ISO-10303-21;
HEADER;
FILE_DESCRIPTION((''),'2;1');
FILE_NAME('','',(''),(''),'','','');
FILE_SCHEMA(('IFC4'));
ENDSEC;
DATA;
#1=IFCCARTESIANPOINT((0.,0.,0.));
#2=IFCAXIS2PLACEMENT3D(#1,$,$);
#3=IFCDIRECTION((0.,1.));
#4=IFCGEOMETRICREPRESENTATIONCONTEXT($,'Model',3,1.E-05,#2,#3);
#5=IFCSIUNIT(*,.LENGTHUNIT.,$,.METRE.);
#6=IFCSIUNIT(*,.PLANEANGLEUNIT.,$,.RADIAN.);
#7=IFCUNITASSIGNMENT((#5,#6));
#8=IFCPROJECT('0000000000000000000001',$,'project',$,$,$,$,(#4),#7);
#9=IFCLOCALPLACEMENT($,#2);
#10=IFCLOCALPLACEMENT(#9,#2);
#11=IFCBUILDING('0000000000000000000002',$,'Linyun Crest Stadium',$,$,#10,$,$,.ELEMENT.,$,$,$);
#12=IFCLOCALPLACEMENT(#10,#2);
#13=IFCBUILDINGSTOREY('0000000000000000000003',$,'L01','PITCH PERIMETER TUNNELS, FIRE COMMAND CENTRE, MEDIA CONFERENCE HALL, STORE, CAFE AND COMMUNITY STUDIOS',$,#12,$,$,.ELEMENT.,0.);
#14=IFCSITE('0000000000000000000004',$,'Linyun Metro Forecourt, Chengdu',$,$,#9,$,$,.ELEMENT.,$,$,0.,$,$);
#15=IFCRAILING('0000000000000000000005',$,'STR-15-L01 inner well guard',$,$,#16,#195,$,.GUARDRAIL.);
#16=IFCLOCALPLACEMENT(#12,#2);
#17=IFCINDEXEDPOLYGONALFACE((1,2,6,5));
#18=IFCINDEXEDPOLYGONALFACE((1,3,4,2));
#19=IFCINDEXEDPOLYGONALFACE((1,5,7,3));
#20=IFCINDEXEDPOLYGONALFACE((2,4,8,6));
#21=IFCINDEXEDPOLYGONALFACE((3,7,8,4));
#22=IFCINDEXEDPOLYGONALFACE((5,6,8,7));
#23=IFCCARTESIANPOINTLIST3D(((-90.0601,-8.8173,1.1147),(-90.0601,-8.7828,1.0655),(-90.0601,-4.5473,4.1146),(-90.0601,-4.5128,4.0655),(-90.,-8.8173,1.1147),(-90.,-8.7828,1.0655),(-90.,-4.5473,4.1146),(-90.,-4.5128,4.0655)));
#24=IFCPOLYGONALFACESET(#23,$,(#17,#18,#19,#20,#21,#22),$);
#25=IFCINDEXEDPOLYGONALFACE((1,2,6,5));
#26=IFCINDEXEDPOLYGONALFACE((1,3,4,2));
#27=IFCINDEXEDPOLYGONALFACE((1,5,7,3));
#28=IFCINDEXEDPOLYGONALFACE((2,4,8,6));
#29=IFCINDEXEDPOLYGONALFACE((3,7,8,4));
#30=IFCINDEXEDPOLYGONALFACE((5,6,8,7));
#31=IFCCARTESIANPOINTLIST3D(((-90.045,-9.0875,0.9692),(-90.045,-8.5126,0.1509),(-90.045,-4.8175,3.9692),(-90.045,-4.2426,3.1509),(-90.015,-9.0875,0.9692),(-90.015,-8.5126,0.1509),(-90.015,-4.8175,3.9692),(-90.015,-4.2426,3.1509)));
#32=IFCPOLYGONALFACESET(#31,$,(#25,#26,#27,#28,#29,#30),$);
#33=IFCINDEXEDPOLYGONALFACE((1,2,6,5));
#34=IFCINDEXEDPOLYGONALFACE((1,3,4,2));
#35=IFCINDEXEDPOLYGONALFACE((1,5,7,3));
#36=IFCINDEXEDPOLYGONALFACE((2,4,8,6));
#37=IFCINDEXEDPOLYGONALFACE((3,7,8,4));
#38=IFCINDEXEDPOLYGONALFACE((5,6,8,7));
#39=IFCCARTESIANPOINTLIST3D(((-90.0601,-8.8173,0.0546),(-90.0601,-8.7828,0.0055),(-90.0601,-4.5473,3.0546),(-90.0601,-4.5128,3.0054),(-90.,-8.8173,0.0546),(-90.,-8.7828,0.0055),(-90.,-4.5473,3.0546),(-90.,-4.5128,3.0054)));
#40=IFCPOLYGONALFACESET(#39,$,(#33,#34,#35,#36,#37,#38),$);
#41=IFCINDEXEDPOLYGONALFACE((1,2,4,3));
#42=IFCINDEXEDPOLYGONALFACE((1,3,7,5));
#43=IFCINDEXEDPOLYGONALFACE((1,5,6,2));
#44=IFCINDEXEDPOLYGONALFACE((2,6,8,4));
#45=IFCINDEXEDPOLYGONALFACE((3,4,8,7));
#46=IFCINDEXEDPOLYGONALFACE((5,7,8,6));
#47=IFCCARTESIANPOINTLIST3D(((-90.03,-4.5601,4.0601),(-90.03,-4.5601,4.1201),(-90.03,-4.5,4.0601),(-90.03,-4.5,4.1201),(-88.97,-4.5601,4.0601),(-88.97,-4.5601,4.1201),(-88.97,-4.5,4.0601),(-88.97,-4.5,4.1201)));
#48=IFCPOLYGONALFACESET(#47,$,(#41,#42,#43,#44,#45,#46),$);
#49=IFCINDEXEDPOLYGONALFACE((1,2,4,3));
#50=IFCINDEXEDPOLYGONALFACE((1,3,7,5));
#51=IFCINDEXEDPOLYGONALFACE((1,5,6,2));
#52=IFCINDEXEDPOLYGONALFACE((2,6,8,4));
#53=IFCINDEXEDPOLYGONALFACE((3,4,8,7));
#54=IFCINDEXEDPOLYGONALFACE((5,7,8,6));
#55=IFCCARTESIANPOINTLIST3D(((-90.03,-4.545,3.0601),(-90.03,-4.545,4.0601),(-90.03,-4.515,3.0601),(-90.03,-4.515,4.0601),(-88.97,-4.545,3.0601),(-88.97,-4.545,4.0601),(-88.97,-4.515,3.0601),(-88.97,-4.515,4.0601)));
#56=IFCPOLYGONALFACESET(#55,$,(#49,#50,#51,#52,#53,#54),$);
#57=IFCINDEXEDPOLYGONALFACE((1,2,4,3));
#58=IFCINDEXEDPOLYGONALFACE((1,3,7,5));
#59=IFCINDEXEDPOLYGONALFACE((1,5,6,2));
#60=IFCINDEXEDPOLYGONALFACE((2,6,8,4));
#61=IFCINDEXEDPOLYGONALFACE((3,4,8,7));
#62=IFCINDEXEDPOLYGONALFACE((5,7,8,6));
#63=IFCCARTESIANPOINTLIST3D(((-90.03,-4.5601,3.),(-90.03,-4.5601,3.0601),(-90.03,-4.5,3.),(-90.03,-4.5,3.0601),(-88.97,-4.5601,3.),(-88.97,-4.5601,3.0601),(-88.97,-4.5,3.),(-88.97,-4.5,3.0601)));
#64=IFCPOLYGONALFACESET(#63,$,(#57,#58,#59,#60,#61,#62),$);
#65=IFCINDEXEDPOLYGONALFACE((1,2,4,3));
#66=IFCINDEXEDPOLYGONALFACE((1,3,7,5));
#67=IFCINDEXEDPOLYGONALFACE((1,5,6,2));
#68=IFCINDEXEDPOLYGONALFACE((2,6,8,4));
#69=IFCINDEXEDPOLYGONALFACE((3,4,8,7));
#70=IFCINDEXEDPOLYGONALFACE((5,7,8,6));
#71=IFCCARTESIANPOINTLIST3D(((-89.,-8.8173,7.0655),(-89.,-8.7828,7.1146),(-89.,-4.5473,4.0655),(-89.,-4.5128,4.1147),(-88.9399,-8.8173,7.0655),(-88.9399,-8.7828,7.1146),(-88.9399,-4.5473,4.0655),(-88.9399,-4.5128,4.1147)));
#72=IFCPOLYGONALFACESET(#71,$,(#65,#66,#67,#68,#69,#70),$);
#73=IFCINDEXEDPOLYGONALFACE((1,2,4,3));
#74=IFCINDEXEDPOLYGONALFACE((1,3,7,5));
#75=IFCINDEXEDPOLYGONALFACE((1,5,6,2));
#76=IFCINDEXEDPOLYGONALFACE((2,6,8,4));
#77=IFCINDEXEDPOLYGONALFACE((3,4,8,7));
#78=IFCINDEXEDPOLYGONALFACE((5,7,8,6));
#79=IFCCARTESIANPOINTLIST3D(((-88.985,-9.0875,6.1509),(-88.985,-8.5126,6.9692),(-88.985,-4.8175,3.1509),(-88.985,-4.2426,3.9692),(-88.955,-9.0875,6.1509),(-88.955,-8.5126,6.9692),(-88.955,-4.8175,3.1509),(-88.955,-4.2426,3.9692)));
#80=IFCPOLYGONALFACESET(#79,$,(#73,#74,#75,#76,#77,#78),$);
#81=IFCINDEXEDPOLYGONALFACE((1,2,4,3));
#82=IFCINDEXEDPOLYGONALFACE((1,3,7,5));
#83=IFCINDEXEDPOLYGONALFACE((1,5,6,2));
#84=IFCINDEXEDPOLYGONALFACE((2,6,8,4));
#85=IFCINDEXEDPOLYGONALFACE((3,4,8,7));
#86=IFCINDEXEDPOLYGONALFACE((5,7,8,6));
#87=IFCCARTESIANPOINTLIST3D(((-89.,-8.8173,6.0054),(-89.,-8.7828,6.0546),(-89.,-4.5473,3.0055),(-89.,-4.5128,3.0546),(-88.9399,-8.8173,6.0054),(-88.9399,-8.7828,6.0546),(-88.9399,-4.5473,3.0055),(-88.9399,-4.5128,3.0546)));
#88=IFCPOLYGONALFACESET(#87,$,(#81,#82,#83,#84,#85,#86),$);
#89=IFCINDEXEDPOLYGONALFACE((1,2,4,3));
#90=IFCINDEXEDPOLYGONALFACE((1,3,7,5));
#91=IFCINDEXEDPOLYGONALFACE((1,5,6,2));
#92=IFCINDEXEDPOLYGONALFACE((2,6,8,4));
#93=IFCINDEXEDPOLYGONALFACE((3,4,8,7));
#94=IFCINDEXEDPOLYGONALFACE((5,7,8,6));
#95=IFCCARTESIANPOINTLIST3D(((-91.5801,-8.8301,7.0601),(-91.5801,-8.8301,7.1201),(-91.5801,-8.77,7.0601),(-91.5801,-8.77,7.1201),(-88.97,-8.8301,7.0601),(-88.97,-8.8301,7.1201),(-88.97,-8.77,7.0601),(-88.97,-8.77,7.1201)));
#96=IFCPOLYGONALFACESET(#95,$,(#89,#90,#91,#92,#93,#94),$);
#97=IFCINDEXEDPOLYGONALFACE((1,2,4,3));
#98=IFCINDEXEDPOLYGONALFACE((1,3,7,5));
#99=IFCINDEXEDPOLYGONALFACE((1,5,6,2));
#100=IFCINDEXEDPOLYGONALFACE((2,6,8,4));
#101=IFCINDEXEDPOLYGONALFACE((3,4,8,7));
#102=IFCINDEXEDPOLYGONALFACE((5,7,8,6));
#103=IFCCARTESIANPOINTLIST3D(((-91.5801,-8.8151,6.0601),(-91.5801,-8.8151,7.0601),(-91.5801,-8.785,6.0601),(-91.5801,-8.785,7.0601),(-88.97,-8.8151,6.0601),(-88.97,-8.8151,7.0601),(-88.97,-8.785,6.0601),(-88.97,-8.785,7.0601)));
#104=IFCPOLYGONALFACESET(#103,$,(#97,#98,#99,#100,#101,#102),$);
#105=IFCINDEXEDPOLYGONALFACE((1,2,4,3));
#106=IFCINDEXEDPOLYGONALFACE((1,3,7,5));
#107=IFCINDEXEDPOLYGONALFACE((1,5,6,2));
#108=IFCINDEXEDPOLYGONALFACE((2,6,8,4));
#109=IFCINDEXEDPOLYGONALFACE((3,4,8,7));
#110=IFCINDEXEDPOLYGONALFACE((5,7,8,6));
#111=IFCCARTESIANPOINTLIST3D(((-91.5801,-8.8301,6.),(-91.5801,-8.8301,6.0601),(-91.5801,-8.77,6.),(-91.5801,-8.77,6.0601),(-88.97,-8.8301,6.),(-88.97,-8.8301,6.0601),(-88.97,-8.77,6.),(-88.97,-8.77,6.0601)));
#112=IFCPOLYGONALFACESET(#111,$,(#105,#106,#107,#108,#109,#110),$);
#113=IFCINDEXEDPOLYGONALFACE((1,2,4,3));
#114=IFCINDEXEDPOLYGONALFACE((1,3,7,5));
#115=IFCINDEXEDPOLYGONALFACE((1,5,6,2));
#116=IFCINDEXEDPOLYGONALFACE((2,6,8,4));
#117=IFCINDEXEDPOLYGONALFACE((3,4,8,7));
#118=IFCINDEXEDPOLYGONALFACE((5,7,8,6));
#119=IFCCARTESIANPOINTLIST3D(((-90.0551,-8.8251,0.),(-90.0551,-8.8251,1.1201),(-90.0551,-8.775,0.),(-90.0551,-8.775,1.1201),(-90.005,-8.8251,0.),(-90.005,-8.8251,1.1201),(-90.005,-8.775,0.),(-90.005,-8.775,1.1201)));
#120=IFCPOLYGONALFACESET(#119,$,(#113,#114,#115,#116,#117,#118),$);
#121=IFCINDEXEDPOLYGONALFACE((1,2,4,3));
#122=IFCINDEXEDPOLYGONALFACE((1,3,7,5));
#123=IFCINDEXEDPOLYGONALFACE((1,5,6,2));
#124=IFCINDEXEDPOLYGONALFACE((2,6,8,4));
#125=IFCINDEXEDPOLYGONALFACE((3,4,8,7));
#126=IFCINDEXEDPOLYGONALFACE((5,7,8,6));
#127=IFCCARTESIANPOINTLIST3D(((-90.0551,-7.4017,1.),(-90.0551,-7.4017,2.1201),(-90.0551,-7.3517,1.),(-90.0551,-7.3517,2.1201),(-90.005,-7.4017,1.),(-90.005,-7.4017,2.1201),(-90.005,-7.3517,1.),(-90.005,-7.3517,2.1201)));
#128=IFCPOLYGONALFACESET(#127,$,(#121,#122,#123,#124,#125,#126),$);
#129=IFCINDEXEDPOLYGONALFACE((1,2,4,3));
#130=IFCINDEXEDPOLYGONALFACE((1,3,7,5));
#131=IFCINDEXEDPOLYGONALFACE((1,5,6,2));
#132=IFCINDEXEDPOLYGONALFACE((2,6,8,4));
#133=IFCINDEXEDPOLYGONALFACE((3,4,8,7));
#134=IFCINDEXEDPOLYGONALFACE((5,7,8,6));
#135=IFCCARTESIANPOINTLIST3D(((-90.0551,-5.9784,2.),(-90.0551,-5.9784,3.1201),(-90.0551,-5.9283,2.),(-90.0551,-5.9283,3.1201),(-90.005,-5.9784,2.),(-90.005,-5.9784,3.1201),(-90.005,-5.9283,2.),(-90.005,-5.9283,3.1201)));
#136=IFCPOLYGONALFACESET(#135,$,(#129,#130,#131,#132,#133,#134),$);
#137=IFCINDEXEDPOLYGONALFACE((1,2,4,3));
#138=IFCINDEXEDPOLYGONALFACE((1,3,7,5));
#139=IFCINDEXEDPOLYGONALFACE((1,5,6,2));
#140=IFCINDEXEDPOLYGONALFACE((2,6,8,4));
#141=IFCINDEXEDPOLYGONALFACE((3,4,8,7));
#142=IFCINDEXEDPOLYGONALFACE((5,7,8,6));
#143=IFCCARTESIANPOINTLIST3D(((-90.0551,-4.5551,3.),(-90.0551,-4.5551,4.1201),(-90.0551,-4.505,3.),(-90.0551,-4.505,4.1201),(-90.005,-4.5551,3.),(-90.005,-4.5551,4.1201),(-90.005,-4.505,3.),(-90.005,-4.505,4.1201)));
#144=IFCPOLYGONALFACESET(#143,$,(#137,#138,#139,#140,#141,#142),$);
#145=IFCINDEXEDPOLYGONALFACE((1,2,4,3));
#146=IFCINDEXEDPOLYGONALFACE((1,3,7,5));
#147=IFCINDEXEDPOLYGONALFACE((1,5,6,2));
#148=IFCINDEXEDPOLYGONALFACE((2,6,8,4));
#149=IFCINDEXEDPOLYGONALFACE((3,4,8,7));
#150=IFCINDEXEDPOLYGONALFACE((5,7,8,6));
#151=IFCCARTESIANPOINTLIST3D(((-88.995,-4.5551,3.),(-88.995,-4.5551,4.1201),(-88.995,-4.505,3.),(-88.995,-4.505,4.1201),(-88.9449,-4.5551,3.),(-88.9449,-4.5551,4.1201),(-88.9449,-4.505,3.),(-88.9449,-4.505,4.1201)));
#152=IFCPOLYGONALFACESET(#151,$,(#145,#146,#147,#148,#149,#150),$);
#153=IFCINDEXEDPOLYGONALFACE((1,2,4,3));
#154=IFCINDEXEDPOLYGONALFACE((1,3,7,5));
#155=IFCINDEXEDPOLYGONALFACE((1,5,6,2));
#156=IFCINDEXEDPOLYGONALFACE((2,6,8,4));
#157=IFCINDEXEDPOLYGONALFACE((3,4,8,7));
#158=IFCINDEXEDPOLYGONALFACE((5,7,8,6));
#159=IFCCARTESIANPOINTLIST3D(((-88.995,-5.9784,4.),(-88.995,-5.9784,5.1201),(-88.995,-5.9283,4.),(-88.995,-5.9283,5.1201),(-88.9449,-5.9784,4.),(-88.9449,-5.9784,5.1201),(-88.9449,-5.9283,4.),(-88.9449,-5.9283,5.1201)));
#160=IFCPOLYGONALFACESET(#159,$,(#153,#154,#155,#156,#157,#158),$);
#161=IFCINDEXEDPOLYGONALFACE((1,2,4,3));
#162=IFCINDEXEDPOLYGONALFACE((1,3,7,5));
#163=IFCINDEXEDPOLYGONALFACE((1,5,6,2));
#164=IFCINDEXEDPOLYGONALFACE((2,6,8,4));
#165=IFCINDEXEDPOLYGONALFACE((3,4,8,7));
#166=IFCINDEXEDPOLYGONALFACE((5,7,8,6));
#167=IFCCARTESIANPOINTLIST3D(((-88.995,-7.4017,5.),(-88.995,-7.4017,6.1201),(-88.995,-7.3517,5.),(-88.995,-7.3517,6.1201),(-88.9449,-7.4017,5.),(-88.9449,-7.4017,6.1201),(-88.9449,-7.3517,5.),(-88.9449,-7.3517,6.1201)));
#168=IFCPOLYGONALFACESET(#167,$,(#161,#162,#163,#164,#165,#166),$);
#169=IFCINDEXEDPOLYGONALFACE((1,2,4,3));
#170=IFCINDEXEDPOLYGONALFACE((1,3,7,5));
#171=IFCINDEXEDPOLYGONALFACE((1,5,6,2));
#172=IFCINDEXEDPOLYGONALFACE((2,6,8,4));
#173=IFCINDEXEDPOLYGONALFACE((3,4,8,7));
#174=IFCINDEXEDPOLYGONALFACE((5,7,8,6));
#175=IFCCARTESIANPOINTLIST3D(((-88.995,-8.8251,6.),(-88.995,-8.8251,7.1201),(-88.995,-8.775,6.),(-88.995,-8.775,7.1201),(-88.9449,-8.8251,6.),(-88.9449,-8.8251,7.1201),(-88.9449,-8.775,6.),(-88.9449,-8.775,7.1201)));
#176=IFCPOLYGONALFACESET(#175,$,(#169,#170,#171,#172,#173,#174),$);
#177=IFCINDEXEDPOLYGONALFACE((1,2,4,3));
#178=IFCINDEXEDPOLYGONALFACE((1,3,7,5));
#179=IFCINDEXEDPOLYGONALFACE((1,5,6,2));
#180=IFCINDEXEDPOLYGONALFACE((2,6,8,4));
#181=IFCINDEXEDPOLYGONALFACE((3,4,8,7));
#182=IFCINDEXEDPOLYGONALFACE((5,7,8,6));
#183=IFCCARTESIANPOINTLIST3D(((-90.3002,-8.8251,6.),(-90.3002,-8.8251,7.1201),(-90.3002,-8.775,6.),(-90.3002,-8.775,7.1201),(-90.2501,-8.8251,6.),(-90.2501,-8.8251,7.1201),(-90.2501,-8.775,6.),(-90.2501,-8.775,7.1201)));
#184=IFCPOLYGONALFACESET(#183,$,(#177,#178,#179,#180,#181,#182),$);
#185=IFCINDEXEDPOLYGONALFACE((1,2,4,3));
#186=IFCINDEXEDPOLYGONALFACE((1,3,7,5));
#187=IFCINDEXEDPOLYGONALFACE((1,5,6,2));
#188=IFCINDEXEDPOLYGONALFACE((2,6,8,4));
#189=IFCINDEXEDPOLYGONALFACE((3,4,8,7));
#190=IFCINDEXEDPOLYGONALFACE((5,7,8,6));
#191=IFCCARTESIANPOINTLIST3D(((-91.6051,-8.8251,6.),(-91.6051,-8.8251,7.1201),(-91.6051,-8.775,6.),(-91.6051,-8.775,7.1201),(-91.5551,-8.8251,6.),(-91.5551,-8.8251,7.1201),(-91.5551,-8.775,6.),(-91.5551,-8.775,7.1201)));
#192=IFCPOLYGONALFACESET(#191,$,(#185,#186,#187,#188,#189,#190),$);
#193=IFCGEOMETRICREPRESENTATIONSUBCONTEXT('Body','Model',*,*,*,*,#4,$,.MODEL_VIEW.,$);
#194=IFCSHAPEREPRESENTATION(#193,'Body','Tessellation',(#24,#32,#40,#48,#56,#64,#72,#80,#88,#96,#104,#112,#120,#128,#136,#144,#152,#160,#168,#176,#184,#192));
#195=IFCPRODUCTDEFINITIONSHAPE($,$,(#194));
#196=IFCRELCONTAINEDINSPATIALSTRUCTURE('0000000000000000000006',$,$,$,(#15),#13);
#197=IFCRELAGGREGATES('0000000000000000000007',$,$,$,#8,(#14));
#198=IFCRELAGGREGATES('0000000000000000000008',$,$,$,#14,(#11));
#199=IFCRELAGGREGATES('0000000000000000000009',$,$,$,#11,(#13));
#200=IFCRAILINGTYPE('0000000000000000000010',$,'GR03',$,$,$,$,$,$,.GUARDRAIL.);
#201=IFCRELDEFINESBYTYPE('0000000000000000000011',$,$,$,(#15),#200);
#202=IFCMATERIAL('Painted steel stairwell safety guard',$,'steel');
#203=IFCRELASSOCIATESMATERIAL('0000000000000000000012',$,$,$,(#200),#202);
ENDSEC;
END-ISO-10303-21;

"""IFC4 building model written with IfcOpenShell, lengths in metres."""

from ifc_helpers import new_model, si_unit, direction, frame, origin, origin_2d, place, context, subcontext, project, spatial, rectangle, extrude, material, type_object, element, save


model = new_model("IFC4")

# Units and contexts
model_context = context("Model", 3, precision=1e-05, world=origin(), true_north=direction((0.0, 1.0)))
body_context = subcontext(model_context, "Body", "Model", "MODEL_VIEW")
ifc_project = project(units=[si_unit("LENGTHUNIT", "METRE"), si_unit("PLANEANGLEUNIT", "RADIAN")], contexts=[model_context])

# Site, building, storey
site_placement = place(None, origin())
site = spatial("IfcSite", under=ifc_project, at=site_placement, Name="Linyun Metro Forecourt, Chengdu", CompositionType="ELEMENT", RefElevation=0.0)
building_placement = place(site_placement, origin())
building = spatial("IfcBuilding", under=site, at=building_placement, Name="Linyun Crest Stadium", CompositionType="ELEMENT")
storey_placement = place(building_placement, origin())
storey = spatial("IfcBuildingStorey", under=building, at=storey_placement, Name="L01", Description="PITCH PERIMETER TUNNELS, FIRE COMMAND CENTRE, MEDIA CONFERENCE HALL, STORE, CAFE AND COMMUNITY STUDIOS", CompositionType="ELEMENT", Elevation=0.0)

# Railing
ifc_material_1 = material(Name="Painted steel stairwell safety guard", Category="steel")
railing_type_1 = type_object("IfcRailingType", Name="GR03", PredefinedType="GUARDRAIL", material=ifc_material_1)
railing_1_placement = place(storey_placement, frame((-90.03, -8.8, 0.0)))
element("IfcRailing", 1, at=railing_1_placement, inside=storey, type_object=railing_type_1, Name="STR-15-L01 inner well guard", PredefinedType="GUARDRAIL", context=body_context, shape_type="SweptSolid", body=[
    extrude(rectangle(XDim=0.0601, YDim=0.0601, at=origin_2d()), frame((0.0, 0.0, 1.0901), z_axis=(0.0, 0.818242, 0.574874), x_axis=(-1.0, 0.0, 0.0)), (0.0, 0.0, 1.0), 5.2185),
    extrude(rectangle(XDim=0.03, YDim=1.0, at=origin_2d()), frame((0.0, 0.0, 0.5601), z_axis=(0.0, 0.818242, 0.574874), x_axis=(-1.0, 0.0, 0.0)), (0.0, 0.0, 1.0), 5.2185),
    extrude(rectangle(XDim=0.0601, YDim=0.0601, at=origin_2d()), frame((0.0, 0.0, 0.03), z_axis=(0.0, 0.818242, 0.574874), x_axis=(-1.0, 0.0, 0.0)), (0.0, 0.0, 1.0), 5.2185),
    extrude(rectangle(XDim=0.0601, YDim=0.0601, at=origin_2d()), frame((0.0, 4.27, 4.0901), z_axis=(1.0, 0.0, 0.0), x_axis=(0.0, 1.0, 0.0)), (0.0, 0.0, 1.0), 1.0601),
    extrude(rectangle(XDim=0.03, YDim=1.0, at=origin_2d()), frame((0.0, 4.27, 3.5601), z_axis=(1.0, 0.0, 0.0), x_axis=(0.0, 1.0, 0.0)), (0.0, 0.0, 1.0), 1.0601),
    extrude(rectangle(XDim=0.0601, YDim=0.0601, at=origin_2d()), frame((0.0, 4.27, 3.03), z_axis=(1.0, 0.0, 0.0), x_axis=(0.0, 1.0, 0.0)), (0.0, 0.0, 1.0), 1.0601),
    extrude(rectangle(XDim=0.0601, YDim=0.0601, at=origin_2d()), frame((1.0601, 4.27, 4.0901), z_axis=(0.0, -0.818242, 0.574874), x_axis=(1.0, 0.0, 0.0)), (0.0, 0.0, 1.0), 5.2185),
    extrude(rectangle(XDim=0.03, YDim=1.0, at=origin_2d()), frame((1.0601, 4.27, 3.5601), z_axis=(0.0, -0.818242, 0.574874), x_axis=(1.0, 0.0, 0.0)), (0.0, 0.0, 1.0), 5.2185),
    extrude(rectangle(XDim=0.0601, YDim=0.0601, at=origin_2d()), frame((1.0601, 4.27, 3.03), z_axis=(0.0, -0.818242, 0.574874), x_axis=(1.0, 0.0, 0.0)), (0.0, 0.0, 1.0), 5.2185),
    extrude(rectangle(XDim=0.0601, YDim=0.0601, at=origin_2d()), frame((1.0601, 0.0, 7.0901), z_axis=(-1.0, 0.0, 0.0), x_axis=(0.0, -1.0, 0.0)), (0.0, 0.0, 1.0), 2.6101),
    extrude(rectangle(XDim=0.03, YDim=1.0, at=origin_2d()), frame((1.0601, 0.0, 6.5601), z_axis=(-1.0, 0.0, 0.0), x_axis=(0.0, -1.0, 0.0)), (0.0, 0.0, 1.0), 2.6101),
    extrude(rectangle(XDim=0.0601, YDim=0.0601, at=origin_2d()), frame((1.0601, 0.0, 6.03), z_axis=(-1.0, 0.0, 0.0), x_axis=(0.0, -1.0, 0.0)), (0.0, 0.0, 1.0), 2.6101),
    extrude(rectangle(XDim=0.05, YDim=0.05, at=origin_2d()), origin(), (0.0, 0.0, 1.0), 1.1201),
    extrude(rectangle(XDim=0.05, YDim=0.05, at=origin_2d()), frame((0.0, 1.4233, 1.0)), (0.0, 0.0, 1.0), 1.1201),
    extrude(rectangle(XDim=0.05, YDim=0.05, at=origin_2d()), frame((0.0, 2.8467, 2.0)), (0.0, 0.0, 1.0), 1.1201),
    extrude(rectangle(XDim=0.05, YDim=0.05, at=origin_2d()), frame((0.0, 4.27, 3.0)), (0.0, 0.0, 1.0), 1.1201),
    extrude(rectangle(XDim=0.05, YDim=0.05, at=origin_2d()), frame((1.0601, 4.27, 3.0)), (0.0, 0.0, 1.0), 1.1201),
    extrude(rectangle(XDim=0.05, YDim=0.05, at=origin_2d()), frame((1.0601, 2.8467, 4.0)), (0.0, 0.0, 1.0), 1.1201),
    extrude(rectangle(XDim=0.05, YDim=0.05, at=origin_2d()), frame((1.0601, 1.4233, 5.0)), (0.0, 0.0, 1.0), 1.1201),
    extrude(rectangle(XDim=0.05, YDim=0.05, at=origin_2d()), frame((1.0601, 0.0, 6.0)), (0.0, 0.0, 1.0), 1.1201),
    extrude(rectangle(XDim=0.05, YDim=0.05, at=origin_2d()), frame((-0.2451, 0.0, 6.0)), (0.0, 0.0, 1.0), 1.1201),
    extrude(rectangle(XDim=0.05, YDim=0.05, at=origin_2d()), frame((-1.55, 0.0, 6.0)), (0.0, 0.0, 1.0), 1.1201),
])

save(model, "model.ifc")
